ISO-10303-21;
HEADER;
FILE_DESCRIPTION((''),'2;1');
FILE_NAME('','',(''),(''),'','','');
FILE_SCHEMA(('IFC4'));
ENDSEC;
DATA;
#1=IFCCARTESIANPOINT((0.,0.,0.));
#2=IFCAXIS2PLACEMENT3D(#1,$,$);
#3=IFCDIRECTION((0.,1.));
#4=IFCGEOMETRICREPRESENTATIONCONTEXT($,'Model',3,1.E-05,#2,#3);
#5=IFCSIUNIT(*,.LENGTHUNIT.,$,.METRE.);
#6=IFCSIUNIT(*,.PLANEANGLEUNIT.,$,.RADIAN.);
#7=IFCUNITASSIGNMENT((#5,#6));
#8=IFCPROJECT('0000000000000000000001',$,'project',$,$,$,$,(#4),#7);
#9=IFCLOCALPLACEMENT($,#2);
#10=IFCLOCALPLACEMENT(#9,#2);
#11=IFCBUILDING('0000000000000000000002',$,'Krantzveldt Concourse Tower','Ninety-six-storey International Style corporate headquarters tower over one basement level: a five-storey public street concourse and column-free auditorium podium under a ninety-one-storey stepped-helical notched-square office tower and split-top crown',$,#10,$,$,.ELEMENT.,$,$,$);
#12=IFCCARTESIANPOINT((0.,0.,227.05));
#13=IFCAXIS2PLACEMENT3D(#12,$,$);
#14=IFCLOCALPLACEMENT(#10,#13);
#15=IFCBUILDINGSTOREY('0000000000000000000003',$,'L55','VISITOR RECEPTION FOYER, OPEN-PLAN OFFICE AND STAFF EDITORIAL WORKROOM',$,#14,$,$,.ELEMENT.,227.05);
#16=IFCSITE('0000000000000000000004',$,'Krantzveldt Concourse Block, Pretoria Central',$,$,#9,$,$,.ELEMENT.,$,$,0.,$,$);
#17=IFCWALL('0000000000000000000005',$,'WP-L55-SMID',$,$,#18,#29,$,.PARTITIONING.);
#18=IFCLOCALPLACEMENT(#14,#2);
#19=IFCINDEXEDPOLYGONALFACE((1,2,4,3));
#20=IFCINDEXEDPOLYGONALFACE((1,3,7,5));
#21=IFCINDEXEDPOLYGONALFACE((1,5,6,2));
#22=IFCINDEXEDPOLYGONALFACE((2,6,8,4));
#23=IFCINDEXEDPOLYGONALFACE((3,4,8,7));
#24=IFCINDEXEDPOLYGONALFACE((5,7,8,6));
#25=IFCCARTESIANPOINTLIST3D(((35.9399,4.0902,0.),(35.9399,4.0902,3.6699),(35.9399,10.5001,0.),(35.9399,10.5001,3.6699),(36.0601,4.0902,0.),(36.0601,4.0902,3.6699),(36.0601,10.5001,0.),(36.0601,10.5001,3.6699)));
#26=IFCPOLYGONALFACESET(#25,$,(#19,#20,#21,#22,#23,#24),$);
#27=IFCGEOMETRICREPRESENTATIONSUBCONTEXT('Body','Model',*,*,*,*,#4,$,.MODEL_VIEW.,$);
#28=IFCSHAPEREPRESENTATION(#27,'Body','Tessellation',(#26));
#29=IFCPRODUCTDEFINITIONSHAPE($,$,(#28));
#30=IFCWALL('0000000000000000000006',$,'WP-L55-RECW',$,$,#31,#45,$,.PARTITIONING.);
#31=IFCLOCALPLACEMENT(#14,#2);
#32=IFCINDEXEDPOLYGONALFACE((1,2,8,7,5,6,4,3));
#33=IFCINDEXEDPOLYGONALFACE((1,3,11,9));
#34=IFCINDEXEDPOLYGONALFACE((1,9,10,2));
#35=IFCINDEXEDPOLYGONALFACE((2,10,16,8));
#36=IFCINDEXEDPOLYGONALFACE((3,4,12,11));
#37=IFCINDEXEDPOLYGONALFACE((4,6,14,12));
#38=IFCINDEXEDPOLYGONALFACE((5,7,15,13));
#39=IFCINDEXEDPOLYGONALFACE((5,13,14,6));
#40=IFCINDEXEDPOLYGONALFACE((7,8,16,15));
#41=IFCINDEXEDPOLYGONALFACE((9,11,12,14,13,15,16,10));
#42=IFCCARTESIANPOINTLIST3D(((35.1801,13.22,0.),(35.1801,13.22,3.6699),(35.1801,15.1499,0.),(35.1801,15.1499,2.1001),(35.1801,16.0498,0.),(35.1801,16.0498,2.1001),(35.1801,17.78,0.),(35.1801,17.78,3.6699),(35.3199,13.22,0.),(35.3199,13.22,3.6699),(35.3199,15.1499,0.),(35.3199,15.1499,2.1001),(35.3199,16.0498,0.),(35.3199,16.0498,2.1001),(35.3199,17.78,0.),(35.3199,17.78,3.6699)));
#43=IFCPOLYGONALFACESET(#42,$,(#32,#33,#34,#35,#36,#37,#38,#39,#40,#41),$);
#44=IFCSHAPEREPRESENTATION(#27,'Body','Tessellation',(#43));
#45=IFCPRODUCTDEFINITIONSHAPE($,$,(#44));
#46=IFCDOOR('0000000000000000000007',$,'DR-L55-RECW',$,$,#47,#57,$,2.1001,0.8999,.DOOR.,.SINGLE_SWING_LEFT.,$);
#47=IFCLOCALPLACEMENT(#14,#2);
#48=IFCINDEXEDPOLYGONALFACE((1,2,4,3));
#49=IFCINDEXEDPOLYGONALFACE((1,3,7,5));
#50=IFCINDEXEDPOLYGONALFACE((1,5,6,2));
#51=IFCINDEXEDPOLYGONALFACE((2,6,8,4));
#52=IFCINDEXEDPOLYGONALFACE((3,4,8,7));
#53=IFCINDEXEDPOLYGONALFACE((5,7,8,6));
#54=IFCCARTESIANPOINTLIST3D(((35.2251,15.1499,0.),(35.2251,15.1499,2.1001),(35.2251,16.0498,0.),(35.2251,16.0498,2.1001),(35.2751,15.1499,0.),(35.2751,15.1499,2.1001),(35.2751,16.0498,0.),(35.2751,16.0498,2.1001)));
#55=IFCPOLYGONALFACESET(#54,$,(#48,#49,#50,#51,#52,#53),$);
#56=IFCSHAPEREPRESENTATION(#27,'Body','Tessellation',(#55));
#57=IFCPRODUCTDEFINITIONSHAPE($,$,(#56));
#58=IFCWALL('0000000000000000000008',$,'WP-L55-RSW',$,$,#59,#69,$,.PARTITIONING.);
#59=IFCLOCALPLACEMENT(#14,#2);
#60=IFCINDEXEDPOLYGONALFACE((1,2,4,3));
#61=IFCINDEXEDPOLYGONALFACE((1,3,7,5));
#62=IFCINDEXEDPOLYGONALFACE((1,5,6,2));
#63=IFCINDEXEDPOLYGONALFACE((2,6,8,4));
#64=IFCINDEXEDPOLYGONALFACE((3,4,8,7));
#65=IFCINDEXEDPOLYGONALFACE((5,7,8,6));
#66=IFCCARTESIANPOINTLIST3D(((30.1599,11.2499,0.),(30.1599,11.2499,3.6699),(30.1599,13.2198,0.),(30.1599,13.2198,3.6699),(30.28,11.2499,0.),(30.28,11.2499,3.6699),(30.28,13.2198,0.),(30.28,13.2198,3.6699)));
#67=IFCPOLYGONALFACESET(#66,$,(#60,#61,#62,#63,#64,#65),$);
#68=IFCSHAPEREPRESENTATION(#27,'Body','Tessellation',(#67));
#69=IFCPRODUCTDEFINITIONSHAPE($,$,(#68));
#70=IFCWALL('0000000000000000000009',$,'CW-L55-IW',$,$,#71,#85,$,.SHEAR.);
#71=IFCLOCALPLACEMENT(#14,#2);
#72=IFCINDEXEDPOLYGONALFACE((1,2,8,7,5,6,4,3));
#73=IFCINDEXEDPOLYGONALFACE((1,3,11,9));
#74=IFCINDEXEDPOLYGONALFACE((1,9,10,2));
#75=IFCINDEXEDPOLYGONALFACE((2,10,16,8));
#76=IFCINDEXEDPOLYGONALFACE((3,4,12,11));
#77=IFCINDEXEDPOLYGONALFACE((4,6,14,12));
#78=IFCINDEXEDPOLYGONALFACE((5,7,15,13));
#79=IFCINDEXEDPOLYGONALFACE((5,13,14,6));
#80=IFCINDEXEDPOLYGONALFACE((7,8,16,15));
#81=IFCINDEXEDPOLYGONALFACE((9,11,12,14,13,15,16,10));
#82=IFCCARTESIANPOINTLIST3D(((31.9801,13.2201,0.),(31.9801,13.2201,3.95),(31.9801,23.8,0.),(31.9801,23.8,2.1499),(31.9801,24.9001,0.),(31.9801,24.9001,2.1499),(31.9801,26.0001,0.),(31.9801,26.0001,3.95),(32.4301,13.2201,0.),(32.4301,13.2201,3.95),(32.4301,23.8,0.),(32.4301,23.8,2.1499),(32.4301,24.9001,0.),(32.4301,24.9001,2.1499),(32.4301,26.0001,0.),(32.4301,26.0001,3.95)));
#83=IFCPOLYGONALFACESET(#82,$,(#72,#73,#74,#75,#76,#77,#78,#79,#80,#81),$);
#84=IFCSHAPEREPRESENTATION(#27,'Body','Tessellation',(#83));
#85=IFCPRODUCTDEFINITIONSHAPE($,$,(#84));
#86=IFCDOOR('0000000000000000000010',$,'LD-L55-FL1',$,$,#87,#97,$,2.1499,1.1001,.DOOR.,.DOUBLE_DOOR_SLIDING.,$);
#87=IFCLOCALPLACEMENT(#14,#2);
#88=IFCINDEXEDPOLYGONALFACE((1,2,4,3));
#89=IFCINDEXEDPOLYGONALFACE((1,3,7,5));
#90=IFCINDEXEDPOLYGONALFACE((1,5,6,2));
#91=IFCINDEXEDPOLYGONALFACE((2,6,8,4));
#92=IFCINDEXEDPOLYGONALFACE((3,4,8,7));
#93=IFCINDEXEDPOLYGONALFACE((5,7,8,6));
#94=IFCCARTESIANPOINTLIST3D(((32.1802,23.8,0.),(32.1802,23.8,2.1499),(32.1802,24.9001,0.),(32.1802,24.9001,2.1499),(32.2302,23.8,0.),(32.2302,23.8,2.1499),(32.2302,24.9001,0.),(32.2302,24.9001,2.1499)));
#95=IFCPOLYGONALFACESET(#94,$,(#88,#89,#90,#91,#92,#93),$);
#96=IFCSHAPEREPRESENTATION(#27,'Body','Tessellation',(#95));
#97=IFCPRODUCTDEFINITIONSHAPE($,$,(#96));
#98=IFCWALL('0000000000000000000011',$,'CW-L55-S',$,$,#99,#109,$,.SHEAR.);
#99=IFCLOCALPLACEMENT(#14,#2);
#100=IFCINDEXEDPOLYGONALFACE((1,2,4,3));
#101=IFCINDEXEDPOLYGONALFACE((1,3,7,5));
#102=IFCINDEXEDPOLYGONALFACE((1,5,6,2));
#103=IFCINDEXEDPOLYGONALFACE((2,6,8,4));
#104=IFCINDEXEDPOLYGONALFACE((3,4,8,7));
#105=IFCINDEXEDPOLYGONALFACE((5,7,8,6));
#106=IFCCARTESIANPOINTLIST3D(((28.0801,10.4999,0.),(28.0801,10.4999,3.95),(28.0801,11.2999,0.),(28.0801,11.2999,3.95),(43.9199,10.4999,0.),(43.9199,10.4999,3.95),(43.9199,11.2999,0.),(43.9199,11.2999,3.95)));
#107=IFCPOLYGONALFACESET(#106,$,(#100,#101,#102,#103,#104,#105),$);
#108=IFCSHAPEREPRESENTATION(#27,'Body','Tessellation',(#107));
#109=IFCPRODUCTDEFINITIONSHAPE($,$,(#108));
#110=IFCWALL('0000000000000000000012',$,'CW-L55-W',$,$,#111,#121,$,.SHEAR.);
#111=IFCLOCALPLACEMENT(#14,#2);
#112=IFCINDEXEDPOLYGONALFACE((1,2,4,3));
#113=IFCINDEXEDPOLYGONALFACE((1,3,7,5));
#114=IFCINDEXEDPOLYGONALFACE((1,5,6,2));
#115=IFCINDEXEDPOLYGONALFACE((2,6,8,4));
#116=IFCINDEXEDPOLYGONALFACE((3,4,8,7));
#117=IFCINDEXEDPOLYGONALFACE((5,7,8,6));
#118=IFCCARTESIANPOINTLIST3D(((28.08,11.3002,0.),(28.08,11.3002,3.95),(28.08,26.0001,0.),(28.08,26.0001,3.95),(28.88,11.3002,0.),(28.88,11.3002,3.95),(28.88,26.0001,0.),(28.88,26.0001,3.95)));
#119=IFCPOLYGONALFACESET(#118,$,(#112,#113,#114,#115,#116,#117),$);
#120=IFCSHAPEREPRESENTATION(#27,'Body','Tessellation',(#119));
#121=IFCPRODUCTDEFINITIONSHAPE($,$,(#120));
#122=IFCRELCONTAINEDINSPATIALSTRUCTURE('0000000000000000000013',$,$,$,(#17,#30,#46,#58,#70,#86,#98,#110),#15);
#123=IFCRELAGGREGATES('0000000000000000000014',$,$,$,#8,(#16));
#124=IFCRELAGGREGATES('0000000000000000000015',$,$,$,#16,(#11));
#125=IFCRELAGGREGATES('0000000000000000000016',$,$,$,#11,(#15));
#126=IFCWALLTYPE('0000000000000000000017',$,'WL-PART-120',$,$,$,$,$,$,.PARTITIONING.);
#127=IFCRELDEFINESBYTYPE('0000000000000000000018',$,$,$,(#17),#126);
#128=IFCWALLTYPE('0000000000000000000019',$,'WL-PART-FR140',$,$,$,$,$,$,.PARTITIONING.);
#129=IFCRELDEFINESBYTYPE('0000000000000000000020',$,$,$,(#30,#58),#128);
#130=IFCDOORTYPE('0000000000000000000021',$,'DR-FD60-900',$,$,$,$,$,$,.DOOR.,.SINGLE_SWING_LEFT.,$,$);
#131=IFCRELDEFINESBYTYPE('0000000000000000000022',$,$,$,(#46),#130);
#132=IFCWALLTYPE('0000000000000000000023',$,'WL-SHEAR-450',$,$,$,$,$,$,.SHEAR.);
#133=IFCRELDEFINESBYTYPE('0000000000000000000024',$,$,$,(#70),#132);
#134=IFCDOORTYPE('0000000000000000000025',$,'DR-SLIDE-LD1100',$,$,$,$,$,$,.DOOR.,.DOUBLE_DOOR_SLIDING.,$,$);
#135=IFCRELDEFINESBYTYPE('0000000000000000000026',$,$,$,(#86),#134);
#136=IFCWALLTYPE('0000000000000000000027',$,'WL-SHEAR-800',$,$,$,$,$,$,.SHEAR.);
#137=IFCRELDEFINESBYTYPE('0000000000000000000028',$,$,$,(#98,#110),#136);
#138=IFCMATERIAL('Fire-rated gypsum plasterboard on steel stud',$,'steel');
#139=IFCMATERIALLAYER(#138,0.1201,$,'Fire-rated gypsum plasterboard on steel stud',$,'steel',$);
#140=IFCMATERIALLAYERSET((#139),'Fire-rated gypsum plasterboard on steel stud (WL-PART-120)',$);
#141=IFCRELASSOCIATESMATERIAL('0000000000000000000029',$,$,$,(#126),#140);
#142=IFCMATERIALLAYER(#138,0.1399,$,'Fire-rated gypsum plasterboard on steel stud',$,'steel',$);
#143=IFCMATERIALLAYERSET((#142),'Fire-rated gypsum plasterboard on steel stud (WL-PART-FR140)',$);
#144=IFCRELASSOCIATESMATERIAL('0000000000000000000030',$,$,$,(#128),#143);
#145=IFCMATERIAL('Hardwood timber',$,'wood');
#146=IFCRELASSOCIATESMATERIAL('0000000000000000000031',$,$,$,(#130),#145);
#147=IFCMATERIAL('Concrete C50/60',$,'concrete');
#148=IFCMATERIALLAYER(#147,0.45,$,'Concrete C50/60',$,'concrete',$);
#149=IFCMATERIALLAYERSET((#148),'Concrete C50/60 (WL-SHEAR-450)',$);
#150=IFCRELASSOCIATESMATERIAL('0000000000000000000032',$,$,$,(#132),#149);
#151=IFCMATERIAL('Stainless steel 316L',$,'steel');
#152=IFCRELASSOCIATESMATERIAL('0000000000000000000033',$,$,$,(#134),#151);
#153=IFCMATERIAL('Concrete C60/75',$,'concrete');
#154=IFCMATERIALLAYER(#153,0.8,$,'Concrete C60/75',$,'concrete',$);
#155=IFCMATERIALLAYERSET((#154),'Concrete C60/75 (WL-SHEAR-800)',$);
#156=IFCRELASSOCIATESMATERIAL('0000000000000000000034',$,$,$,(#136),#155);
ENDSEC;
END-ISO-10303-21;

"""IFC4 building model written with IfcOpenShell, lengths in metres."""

from ifc_helpers import new_model, si_unit, direction, frame, frame_2d, origin, place, context, subcontext, project, spatial, rectangle, extrude, material, layer, layer_set, type_object, element, fill, save


model = new_model("IFC4")

# Units and contexts
model_context = context("Model", 3, precision=1e-05, world=origin(), true_north=direction((0.0, 1.0)))
body_context = subcontext(model_context, "Body", "Model", "MODEL_VIEW")
ifc_project = project(units=[si_unit("LENGTHUNIT", "METRE"), si_unit("PLANEANGLEUNIT", "RADIAN")], contexts=[model_context])

# Site, building, storey
site_placement = place(None, origin())
site = spatial("IfcSite", under=ifc_project, at=site_placement, Name="Krantzveldt Concourse Block, Pretoria Central", CompositionType="ELEMENT", RefElevation=0.0)
building_placement = place(site_placement, origin())
building = spatial("IfcBuilding", under=site, at=building_placement, Name="Krantzveldt Concourse Tower", Description="Ninety-six-storey International Style corporate headquarters tower over one basement level: a five-storey public street concourse and column-free auditorium podium under a ninety-one-storey stepped-helical notched-square office tower and split-top crown", CompositionType="ELEMENT")
storey_placement = place(building_placement, frame((0.0, 0.0, 227.05)))
storey = spatial("IfcBuildingStorey", under=building, at=storey_placement, Name="L55", Description="VISITOR RECEPTION FOYER, OPEN-PLAN OFFICE AND STAFF EDITORIAL WORKROOM", CompositionType="ELEMENT", Elevation=227.05)

# Shared definitions
ifc_material_1 = material(Name="Fire-rated gypsum plasterboard on steel stud", Category="steel")
ifc_layer_1 = layer(ifc_material_1, 0.1201, Name="Fire-rated gypsum plasterboard on steel stud", Category="steel")
ifc_layer_set_1 = layer_set([ifc_layer_1], Name="Fire-rated gypsum plasterboard on steel stud (WL-PART-120)")
wall_type_1 = type_object("IfcWallType", Name="WL-PART-120", PredefinedType="PARTITIONING", material=ifc_layer_set_1)
ifc_material_2 = material(Name="Hardwood timber", Category="wood")

# Wall
wall_1_placement = place(storey_placement, frame((36.0, 4.0901, 0.0), z_axis=(0.0, 0.0, 1.0), x_axis=(0.0, 1.0, 0.0)))
element("IfcWall", 1, at=wall_1_placement, inside=storey, type_object=wall_type_1, Name="WP-L55-SMID", PredefinedType="PARTITIONING", context=body_context, shape_type="SweptSolid", body=[
    extrude(rectangle(XDim=6.4099, YDim=0.1201, at=frame_2d((3.2051, 0.0))), origin(), (0.0, 0.0, 1.0), 3.6699),
])

# Wall, opening, door
ifc_layer_2 = layer(ifc_material_1, 0.1399, Name="Fire-rated gypsum plasterboard on steel stud", Category="steel")
ifc_layer_set_2 = layer_set([ifc_layer_2], Name="Fire-rated gypsum plasterboard on steel stud (WL-PART-FR140)")
wall_type_2 = type_object("IfcWallType", Name="WL-PART-FR140", PredefinedType="PARTITIONING", material=ifc_layer_set_2)
wall_2_placement = place(storey_placement, frame((35.25, 13.22, 0.0), z_axis=(0.0, 0.0, 1.0), x_axis=(0.0, 1.0, 0.0)))
wall_2 = element("IfcWall", 2, at=wall_2_placement, inside=storey, type_object=wall_type_2, Name="WP-L55-RECW", PredefinedType="PARTITIONING", context=body_context, shape_type="SweptSolid", body=[
    extrude(rectangle(XDim=4.5601, YDim=0.1399, at=frame_2d((2.28, 0.0))), origin(), (0.0, 0.0, 1.0), 3.6699),
])
opening_1_placement = place(wall_2_placement, frame((1.9299, 0.0, 0.0)))
opening_1 = element("IfcOpeningElement", 3, at=opening_1_placement, cuts=wall_2, PredefinedType="OPENING", context=body_context, shape_type="SweptSolid", body=[
    extrude(rectangle(XDim=0.8999, YDim=2.1001, at=frame_2d((0.45, 1.05))), frame((0.0, 0.0801, 0.0), z_axis=(0.0, -1.0, 0.0), x_axis=(1.0, 0.0, 0.0)), (0.0, 0.0, 1.0), 0.1599),
])
door_type_1 = type_object("IfcDoorType", Name="DR-FD60-900", OperationType="SINGLE_SWING_LEFT", PredefinedType="DOOR", material=ifc_material_2)
door_1_placement = place(opening_1_placement, origin())
door_1 = element("IfcDoor", 4, at=door_1_placement, inside=storey, type_object=door_type_1, Name="DR-L55-RECW", OperationType="SINGLE_SWING_LEFT", OverallHeight=2.1001, OverallWidth=0.8999, PredefinedType="DOOR", context=body_context, shape_type="SweptSolid", body=[
    extrude(rectangle(XDim=0.8999, YDim=2.1001, at=frame_2d((0.45, 1.05))), frame((0.0, 0.0249, 0.0), z_axis=(0.0, -1.0, 0.0), x_axis=(1.0, 0.0, 0.0)), (0.0, 0.0, 1.0), 0.05),
])
fill(opening_1, door_1)

# Wall
wall_3_placement = place(storey_placement, frame((30.22, 11.25, 0.0), z_axis=(0.0, 0.0, 1.0), x_axis=(0.0, 1.0, 0.0)))
element("IfcWall", 5, at=wall_3_placement, inside=storey, type_object=wall_type_2, Name="WP-L55-RSW", PredefinedType="PARTITIONING", context=body_context, shape_type="SweptSolid", body=[
    extrude(rectangle(XDim=1.97, YDim=0.1201, at=frame_2d((0.9849, 0.0))), origin(), (0.0, 0.0, 1.0), 3.6699),
])

# Wall, opening, door
ifc_material_3 = material(Name="Concrete C50/60", Category="concrete")
ifc_layer_3 = layer(ifc_material_3, 0.45, Name="Concrete C50/60", Category="concrete")
ifc_layer_set_3 = layer_set([ifc_layer_3], Name="Concrete C50/60 (WL-SHEAR-450)")
wall_type_3 = type_object("IfcWallType", Name="WL-SHEAR-450", PredefinedType="SHEAR", material=ifc_layer_set_3)
wall_4_placement = place(storey_placement, frame((32.2051, 13.22, 0.0), z_axis=(0.0, 0.0, 1.0), x_axis=(0.0, 1.0, 0.0)))
wall_4 = element("IfcWall", 6, at=wall_4_placement, inside=storey, type_object=wall_type_3, Name="CW-L55-IW", PredefinedType="SHEAR", context=body_context, shape_type="SweptSolid", body=[
    extrude(rectangle(XDim=12.78, YDim=0.45, at=frame_2d((6.3901, 0.0))), origin(), (0.0, 0.0, 1.0), 3.95),
])
opening_2_placement = place(wall_4_placement, frame((10.5801, 0.0, 0.0)))
opening_2 = element("IfcOpeningElement", 7, at=opening_2_placement, cuts=wall_4, PredefinedType="OPENING", context=body_context, shape_type="SweptSolid", body=[
    extrude(rectangle(XDim=1.1001, YDim=2.1499, at=frame_2d((0.55, 1.075))), frame((0.0, 0.2349, 0.0), z_axis=(0.0, -1.0, 0.0), x_axis=(1.0, 0.0, 0.0)), (0.0, 0.0, 1.0), 0.47),
])
ifc_material_4 = material(Name="Stainless steel 316L", Category="steel")
door_type_2 = type_object("IfcDoorType", Name="DR-SLIDE-LD1100", OperationType="DOUBLE_DOOR_SLIDING", PredefinedType="DOOR", material=ifc_material_4)
door_2_placement = place(opening_2_placement, origin())
door_2 = element("IfcDoor", 8, at=door_2_placement, inside=storey, type_object=door_type_2, Name="LD-L55-FL1", OperationType="DOUBLE_DOOR_SLIDING", OverallHeight=2.1499, OverallWidth=1.1001, PredefinedType="DOOR", context=body_context, shape_type="SweptSolid", body=[
    extrude(rectangle(XDim=1.1001, YDim=2.1499, at=frame_2d((0.55, 1.075))), frame((0.0, 0.0249, 0.0), z_axis=(0.0, -1.0, 0.0), x_axis=(1.0, 0.0, 0.0)), (0.0, 0.0, 1.0), 0.05),
])
fill(opening_2, door_2)

# Walls
ifc_material_5 = material(Name="Concrete C60/75", Category="concrete")
ifc_layer_4 = layer(ifc_material_5, 0.8, Name="Concrete C60/75", Category="concrete")
ifc_layer_set_4 = layer_set([ifc_layer_4], Name="Concrete C60/75 (WL-SHEAR-800)")
wall_type_4 = type_object("IfcWallType", Name="WL-SHEAR-800", PredefinedType="SHEAR", material=ifc_layer_set_4)
wall_5_placement = place(storey_placement, frame((28.0801, 10.8999, 0.0), z_axis=(0.0, 0.0, 1.0), x_axis=(1.0, 0.0, 0.0)))
element("IfcWall", 9, at=wall_5_placement, inside=storey, type_object=wall_type_4, Name="CW-L55-S", PredefinedType="SHEAR", context=body_context, shape_type="SweptSolid", body=[
    extrude(rectangle(XDim=15.8398, YDim=0.8, at=frame_2d((7.9199, 0.0))), origin(), (0.0, 0.0, 1.0), 3.95),
])
wall_6_placement = place(storey_placement, frame((28.48, 11.3, 0.0), z_axis=(0.0, 0.0, 1.0), x_axis=(0.0, 1.0, 0.0)))
element("IfcWall", 10, at=wall_6_placement, inside=storey, type_object=wall_type_4, Name="CW-L55-W", PredefinedType="SHEAR", context=body_context, shape_type="SweptSolid", body=[
    extrude(rectangle(XDim=14.7, YDim=0.8, at=frame_2d((7.3501, 0.0))), origin(), (0.0, 0.0, 1.0), 3.95),
])

save(model, "model.ifc")
